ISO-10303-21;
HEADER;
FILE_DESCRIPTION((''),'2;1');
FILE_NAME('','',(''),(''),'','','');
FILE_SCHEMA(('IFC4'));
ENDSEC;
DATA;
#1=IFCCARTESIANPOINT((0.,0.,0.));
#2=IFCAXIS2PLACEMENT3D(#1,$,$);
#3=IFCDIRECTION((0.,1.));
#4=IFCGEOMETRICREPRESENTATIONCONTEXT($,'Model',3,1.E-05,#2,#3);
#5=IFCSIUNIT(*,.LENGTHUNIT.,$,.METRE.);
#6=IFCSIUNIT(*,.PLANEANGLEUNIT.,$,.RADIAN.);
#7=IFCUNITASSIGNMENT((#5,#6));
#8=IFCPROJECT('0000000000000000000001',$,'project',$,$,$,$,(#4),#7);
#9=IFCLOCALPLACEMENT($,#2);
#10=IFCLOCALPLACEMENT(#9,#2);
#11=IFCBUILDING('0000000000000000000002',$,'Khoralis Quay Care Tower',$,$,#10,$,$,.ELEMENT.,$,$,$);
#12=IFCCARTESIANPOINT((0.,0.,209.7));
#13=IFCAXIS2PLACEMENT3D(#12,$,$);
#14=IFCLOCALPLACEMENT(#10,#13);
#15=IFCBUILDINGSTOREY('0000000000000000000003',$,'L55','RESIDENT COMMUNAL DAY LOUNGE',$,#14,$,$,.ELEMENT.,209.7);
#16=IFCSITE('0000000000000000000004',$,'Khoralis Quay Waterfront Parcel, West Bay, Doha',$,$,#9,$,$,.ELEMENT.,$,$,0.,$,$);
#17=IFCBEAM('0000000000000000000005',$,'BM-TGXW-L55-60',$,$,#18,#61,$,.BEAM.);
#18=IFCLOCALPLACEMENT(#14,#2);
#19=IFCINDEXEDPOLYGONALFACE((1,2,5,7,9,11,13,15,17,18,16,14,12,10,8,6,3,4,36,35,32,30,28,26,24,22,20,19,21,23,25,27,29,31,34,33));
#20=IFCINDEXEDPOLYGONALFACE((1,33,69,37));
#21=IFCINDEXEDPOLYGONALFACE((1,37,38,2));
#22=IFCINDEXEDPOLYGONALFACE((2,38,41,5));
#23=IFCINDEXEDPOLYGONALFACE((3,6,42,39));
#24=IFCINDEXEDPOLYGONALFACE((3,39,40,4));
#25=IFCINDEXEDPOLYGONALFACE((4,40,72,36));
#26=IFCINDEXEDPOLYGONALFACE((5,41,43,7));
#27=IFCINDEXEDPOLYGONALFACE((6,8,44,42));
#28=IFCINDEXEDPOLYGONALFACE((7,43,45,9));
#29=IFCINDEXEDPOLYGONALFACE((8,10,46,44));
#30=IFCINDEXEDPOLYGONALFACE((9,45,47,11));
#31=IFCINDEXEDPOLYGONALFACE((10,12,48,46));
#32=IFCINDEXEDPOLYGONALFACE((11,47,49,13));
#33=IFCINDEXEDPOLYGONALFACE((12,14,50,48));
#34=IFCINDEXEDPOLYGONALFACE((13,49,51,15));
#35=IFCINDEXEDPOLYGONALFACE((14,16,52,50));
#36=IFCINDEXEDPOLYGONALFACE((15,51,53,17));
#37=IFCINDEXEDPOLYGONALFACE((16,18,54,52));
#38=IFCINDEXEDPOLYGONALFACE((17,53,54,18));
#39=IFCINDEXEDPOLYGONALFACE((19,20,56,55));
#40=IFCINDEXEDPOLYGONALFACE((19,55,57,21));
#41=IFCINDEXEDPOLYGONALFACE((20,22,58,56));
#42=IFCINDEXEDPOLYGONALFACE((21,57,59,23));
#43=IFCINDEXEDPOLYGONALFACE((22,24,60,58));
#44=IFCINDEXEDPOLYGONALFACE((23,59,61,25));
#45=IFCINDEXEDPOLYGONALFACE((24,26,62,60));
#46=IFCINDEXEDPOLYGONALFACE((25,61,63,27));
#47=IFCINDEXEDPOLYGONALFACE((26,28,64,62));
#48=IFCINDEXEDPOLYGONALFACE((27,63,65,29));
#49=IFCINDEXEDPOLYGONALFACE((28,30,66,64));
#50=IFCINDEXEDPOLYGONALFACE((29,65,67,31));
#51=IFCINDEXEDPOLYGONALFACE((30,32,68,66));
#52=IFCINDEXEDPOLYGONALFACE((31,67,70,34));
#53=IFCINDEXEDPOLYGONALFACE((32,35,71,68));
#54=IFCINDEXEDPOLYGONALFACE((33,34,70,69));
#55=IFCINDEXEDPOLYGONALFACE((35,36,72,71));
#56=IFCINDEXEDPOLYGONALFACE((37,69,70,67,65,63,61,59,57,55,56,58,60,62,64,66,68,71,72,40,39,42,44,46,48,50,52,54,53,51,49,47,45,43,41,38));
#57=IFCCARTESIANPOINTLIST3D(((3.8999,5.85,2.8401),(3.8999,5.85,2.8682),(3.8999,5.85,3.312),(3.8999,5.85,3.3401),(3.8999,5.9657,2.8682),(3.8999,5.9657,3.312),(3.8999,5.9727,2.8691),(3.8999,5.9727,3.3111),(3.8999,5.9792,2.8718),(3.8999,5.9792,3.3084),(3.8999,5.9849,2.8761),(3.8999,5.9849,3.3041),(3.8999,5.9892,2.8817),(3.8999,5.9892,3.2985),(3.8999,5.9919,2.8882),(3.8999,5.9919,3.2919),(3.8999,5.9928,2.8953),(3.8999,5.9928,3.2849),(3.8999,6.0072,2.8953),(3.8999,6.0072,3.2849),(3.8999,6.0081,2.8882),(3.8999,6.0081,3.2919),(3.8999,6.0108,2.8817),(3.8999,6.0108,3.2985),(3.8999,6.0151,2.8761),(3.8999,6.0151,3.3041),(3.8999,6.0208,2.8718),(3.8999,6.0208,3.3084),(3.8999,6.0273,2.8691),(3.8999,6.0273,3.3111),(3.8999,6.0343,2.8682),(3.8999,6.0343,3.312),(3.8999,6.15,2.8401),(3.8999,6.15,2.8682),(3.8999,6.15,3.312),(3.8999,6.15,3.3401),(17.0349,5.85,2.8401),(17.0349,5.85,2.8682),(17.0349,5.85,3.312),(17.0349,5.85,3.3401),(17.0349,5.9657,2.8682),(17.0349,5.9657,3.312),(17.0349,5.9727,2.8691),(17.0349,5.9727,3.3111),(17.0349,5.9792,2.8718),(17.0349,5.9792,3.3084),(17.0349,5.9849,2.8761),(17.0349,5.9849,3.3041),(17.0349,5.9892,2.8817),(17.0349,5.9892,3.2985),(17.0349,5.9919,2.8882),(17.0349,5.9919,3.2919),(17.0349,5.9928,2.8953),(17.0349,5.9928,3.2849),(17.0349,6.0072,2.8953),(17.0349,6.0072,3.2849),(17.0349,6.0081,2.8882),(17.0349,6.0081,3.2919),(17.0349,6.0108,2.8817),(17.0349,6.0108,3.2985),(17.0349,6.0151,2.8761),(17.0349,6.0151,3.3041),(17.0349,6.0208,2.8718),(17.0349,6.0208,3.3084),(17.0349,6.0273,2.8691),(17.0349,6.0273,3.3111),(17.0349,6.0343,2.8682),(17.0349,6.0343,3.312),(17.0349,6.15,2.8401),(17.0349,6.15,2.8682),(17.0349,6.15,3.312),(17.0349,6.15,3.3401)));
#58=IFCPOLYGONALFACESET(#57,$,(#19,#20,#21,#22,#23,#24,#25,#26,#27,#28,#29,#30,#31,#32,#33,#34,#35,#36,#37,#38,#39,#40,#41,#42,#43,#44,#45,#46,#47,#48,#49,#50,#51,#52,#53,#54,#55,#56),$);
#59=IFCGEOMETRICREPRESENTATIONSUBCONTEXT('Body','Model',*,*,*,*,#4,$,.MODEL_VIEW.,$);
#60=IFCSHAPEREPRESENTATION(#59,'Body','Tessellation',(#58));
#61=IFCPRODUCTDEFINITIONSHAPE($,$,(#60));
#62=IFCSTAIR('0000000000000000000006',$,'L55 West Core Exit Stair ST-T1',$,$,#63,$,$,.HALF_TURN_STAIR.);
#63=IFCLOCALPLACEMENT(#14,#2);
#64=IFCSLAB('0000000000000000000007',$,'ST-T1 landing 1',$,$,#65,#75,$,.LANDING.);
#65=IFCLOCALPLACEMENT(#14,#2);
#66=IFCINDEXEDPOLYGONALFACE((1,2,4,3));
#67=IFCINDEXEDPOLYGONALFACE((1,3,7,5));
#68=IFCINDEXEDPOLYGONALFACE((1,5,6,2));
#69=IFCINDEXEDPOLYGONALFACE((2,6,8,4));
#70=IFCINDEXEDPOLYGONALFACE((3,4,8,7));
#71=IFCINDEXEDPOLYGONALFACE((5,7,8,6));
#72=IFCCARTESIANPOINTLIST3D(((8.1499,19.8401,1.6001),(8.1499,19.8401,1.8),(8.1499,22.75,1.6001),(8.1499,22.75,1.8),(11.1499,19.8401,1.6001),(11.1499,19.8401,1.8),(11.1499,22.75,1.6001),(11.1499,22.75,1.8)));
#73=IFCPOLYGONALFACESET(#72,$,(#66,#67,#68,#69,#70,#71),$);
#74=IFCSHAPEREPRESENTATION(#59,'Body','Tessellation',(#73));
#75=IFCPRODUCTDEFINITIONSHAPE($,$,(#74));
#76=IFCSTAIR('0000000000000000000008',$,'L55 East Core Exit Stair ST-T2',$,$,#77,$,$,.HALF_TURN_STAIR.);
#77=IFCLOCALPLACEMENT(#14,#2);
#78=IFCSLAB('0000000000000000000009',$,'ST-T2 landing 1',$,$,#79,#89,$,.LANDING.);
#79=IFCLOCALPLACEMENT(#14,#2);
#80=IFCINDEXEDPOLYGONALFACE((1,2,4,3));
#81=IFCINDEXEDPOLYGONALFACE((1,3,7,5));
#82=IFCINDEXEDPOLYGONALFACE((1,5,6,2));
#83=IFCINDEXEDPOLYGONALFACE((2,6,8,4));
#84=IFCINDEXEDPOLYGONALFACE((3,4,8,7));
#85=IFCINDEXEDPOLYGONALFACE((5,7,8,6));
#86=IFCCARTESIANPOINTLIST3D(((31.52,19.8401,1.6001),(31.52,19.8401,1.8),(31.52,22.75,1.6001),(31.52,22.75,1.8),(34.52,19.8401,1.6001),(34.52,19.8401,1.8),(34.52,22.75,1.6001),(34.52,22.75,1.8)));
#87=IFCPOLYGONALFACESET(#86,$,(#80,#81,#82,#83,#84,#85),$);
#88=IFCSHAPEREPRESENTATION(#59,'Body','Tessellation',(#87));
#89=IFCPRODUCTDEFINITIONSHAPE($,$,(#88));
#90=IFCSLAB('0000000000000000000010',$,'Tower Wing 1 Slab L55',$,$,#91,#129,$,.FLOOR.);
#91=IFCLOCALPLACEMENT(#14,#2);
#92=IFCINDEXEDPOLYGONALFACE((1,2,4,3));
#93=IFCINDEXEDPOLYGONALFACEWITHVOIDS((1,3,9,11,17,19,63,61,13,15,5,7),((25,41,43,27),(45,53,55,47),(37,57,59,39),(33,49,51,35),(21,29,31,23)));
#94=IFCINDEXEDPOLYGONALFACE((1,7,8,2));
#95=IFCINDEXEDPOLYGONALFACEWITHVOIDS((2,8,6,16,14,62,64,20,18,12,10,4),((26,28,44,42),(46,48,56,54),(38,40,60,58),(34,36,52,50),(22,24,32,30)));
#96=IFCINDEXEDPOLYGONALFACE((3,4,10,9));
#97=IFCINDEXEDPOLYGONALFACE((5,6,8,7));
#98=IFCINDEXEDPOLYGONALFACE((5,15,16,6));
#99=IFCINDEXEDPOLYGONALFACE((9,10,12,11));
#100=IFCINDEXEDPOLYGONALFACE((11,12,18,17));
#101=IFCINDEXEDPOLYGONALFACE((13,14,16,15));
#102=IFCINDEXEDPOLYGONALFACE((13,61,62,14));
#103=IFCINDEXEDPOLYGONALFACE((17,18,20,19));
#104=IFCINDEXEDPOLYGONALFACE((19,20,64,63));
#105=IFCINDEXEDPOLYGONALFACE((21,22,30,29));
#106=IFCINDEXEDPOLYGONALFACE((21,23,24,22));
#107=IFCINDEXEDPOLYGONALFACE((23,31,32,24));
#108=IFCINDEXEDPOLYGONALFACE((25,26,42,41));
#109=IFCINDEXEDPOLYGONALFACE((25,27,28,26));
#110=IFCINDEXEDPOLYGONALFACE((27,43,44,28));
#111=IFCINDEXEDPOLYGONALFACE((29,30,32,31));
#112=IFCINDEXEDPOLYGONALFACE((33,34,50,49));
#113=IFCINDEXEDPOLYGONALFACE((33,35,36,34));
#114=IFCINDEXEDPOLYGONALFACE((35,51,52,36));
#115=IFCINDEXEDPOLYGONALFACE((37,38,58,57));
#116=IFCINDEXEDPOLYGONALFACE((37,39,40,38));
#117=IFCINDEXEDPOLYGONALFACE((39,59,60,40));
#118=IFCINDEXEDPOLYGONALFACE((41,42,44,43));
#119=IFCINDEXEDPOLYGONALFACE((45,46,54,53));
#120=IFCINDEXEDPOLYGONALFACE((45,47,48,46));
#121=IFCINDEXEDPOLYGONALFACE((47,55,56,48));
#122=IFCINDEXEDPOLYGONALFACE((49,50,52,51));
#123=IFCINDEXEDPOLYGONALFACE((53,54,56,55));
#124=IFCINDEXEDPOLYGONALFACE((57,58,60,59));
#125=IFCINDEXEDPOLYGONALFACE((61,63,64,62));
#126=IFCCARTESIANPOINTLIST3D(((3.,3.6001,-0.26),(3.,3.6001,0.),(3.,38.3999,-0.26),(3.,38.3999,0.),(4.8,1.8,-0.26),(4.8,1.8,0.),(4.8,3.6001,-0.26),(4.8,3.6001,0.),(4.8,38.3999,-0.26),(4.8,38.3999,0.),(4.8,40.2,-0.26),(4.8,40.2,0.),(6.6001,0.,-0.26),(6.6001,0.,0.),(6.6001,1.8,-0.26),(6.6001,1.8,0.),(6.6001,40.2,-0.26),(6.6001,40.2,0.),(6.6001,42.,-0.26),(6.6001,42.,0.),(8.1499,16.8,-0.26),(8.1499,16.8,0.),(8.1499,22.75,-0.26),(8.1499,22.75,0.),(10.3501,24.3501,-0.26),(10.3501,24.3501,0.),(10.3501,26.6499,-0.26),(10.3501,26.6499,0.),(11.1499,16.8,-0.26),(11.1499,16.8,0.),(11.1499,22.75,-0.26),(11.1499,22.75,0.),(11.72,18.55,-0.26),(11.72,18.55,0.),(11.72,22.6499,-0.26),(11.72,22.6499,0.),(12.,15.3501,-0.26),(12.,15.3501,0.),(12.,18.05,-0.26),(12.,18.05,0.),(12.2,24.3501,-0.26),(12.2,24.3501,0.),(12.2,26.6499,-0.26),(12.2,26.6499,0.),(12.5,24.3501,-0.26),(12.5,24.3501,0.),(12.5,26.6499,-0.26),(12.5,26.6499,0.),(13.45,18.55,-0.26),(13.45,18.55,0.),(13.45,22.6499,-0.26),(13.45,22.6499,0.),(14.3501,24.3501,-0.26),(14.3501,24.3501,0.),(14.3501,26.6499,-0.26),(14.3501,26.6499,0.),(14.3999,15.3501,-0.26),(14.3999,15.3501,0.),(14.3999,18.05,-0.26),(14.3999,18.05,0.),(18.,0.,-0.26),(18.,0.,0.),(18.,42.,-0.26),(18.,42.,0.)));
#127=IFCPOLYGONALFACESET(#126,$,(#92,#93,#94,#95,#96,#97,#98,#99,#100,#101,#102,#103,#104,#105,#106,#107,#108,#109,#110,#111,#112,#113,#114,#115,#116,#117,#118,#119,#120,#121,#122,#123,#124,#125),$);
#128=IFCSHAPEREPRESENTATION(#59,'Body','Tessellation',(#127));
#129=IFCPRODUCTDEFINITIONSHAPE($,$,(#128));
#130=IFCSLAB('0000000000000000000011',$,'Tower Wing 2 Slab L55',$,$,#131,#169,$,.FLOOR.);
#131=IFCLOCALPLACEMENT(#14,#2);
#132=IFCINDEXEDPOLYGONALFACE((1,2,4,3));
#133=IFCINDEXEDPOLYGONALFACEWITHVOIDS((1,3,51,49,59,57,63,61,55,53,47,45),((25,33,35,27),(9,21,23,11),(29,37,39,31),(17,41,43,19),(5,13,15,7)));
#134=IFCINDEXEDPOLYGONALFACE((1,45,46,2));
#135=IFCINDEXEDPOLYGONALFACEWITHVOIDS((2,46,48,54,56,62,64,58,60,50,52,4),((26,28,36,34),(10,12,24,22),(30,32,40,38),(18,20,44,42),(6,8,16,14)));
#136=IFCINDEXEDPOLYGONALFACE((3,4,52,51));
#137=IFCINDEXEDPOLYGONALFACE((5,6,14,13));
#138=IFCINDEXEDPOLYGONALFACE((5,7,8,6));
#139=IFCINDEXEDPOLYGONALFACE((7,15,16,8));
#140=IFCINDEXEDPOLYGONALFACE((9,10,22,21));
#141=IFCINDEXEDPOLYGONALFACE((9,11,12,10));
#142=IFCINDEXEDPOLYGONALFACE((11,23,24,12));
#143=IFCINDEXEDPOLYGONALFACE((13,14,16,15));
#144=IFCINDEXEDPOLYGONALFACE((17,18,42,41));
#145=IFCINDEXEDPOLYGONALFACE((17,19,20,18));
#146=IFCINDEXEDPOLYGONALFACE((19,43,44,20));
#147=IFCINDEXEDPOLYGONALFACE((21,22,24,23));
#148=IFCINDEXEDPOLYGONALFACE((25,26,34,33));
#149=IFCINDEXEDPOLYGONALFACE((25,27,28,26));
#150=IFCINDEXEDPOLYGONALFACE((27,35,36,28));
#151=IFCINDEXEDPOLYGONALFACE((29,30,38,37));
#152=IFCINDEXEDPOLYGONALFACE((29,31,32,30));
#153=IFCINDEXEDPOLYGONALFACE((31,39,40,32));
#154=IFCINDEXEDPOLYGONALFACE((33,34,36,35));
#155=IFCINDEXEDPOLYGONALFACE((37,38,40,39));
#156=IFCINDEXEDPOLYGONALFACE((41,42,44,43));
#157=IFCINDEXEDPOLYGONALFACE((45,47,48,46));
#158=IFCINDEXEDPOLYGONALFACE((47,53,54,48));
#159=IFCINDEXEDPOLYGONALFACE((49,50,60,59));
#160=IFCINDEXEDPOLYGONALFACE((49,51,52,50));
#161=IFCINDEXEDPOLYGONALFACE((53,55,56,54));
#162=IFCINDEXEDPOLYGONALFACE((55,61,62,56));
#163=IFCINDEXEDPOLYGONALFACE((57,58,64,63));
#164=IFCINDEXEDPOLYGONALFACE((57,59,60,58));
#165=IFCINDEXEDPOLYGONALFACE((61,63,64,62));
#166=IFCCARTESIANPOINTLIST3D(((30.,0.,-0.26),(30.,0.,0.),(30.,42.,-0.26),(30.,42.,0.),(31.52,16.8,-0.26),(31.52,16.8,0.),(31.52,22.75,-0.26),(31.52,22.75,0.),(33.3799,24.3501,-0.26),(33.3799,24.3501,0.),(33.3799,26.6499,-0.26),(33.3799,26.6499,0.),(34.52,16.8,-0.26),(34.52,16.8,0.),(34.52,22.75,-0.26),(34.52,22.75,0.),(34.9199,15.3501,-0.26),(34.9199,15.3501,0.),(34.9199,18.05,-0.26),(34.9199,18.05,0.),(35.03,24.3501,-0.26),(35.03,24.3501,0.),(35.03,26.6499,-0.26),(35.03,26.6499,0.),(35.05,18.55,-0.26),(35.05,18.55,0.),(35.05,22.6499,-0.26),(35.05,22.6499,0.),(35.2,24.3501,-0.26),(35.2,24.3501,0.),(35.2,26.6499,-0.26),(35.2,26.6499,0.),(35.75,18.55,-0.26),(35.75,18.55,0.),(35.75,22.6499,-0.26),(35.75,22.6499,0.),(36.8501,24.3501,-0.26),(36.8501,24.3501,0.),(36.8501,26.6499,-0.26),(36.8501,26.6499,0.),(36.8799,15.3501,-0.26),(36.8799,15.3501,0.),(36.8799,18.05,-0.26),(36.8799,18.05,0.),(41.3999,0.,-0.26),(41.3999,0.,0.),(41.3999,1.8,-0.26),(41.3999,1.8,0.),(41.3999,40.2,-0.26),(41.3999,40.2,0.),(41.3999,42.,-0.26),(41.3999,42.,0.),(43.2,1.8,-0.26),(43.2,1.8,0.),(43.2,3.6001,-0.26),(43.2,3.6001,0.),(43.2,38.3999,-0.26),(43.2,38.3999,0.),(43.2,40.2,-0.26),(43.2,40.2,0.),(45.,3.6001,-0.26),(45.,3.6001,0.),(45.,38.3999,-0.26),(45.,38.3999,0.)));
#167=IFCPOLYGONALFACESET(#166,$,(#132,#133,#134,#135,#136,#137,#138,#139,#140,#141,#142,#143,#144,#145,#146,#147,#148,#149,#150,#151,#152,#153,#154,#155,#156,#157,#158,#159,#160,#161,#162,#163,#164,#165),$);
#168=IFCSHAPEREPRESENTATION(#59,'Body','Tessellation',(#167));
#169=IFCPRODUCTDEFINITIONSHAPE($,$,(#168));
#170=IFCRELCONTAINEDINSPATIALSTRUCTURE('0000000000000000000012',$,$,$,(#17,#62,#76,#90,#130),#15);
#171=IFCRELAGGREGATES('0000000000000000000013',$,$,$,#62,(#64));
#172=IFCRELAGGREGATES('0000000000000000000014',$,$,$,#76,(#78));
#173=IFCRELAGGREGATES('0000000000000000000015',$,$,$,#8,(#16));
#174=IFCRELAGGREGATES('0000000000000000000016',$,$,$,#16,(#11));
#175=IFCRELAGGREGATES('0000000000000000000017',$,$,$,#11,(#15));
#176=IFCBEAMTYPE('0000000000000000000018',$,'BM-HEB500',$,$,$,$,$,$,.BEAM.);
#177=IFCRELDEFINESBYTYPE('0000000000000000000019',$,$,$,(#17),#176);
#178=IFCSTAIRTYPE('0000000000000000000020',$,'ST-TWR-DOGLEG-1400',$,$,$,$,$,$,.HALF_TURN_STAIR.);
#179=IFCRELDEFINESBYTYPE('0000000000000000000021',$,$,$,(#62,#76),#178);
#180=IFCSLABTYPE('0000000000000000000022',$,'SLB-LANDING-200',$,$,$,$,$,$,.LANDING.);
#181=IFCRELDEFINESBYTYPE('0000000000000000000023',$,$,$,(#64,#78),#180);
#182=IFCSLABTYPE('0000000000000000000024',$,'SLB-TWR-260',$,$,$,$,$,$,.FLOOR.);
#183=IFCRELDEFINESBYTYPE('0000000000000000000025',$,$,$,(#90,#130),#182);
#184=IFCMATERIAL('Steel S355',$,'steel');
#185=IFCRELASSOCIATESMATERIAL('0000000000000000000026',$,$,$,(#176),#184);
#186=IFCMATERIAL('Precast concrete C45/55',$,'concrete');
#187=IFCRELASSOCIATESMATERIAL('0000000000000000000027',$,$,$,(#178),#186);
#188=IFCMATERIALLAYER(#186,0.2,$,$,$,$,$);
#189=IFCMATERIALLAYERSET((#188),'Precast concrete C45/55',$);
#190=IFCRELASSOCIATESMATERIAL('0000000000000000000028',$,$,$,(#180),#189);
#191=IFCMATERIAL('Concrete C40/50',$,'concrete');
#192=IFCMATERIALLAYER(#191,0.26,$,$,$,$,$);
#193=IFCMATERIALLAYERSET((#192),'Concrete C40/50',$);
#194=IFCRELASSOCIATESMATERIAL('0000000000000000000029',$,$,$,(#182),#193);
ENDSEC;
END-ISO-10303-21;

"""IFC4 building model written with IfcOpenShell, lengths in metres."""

from ifc_helpers import new_model, si_unit, direction, frame, origin, origin_2d, place, context, subcontext, project, spatial, polyline, i_section, outline, extrude, source, transform, mapped, material, layer, layer_set, material_profile, profile_set, type_object, element, aggregate, save


model = new_model("IFC4")

# Units and contexts
model_context = context("Model", 3, precision=1e-05, world=origin(), true_north=direction((0.0, 1.0)))
body_context = subcontext(model_context, "Body", "Model", "MODEL_VIEW")
ifc_project = project(units=[si_unit("LENGTHUNIT", "METRE"), si_unit("PLANEANGLEUNIT", "RADIAN")], contexts=[model_context])

# Site, building, storey
site_placement = place(None, origin())
site = spatial("IfcSite", under=ifc_project, at=site_placement, Name="Khoralis Quay Waterfront Parcel, West Bay, Doha", CompositionType="ELEMENT", RefElevation=0.0)
building_placement = place(site_placement, origin())
building = spatial("IfcBuilding", under=site, at=building_placement, Name="Khoralis Quay Care Tower", CompositionType="ELEMENT")
storey_placement = place(building_placement, frame((0.0, 0.0, 209.7)))
storey = spatial("IfcBuildingStorey", under=building, at=storey_placement, Name="L55", Description="RESIDENT COMMUNAL DAY LOUNGE", CompositionType="ELEMENT", Elevation=209.7)

# Beam
ifc_material_1 = material(Name="Steel S355", Category="steel")
ifc_material_profile_1 = material_profile(ifc_material_1, i_section(OverallWidth=0.3, OverallDepth=0.5, WebThickness=0.0144, FlangeThickness=0.0281, FilletRadius=0.0271, at=origin_2d()), Name="Steel S355")
ifc_profile_set_1 = profile_set([ifc_material_profile_1], Name="Steel S355")
beam_type_1 = type_object("IfcBeamType", Name="BM-HEB500", PredefinedType="BEAM", material=ifc_profile_set_1)
shared_shape_1 = source(origin(), body_context, "Body", "SweptSolid", [
    extrude(i_section(OverallWidth=0.3, OverallDepth=0.5, WebThickness=0.0144, FlangeThickness=0.0281, FilletRadius=0.0271, at=origin_2d()), origin(), (0.0, 0.0, 1.0), 13.135),
])
beam_1_placement = place(storey_placement, frame((3.8999, 6.0, 3.0901), z_axis=(1.0, 0.0, 0.0), x_axis=(0.0, 1.0, 0.0)))
element("IfcBeam", 1, at=beam_1_placement, inside=storey, type_object=beam_type_1, Name="BM-TGXW-L55-60", PredefinedType="BEAM", context=body_context, shape_type="MappedRepresentation", body=[
    mapped(shared_shape_1, transform((0.0, 0.0, 0.0), scale=1.0)),
])

# Stairs, slabs
ifc_material_2 = material(Name="Precast concrete C45/55", Category="concrete")
stair_type = type_object("IfcStairType", Name="ST-TWR-DOGLEG-1400", PredefinedType="HALF_TURN_STAIR", material=ifc_material_2)
stair_1_placement = place(storey_placement, origin())
stair_1 = element("IfcStair", 2, at=stair_1_placement, inside=storey, type_object=stair_type, Name="L55 West Core Exit Stair ST-T1", PredefinedType="HALF_TURN_STAIR")
ifc_layer_1 = layer(ifc_material_2, 0.2)
ifc_layer_set_1 = layer_set([ifc_layer_1], Name="Precast concrete C45/55")
slab_type_1 = type_object("IfcSlabType", Name="SLB-LANDING-200", PredefinedType="LANDING", material=ifc_layer_set_1)
slab_1_placement = place(storey_placement, frame((0.0, 0.0, 1.6001)))
slab_1 = element("IfcSlab", 3, at=slab_1_placement, type_object=slab_type_1, Name="ST-T1 landing 1", PredefinedType="LANDING", context=body_context, shape_type="SweptSolid", body=[
    extrude(outline(polyline([(11.1499, 19.8401), (11.1499, 22.75), (8.1499, 22.75), (8.1499, 19.8401), (11.1499, 19.8401)])), origin(), (0.0, 0.0, 1.0), 0.2),
])
aggregate(stair_1, [slab_1])
stair_2_placement = place(storey_placement, origin())
stair_2 = element("IfcStair", 4, at=stair_2_placement, inside=storey, type_object=stair_type, Name="L55 East Core Exit Stair ST-T2", PredefinedType="HALF_TURN_STAIR")
slab_2_placement = place(storey_placement, frame((0.0, 0.0, 1.6001)))
slab_2 = element("IfcSlab", 5, at=slab_2_placement, type_object=slab_type_1, Name="ST-T2 landing 1", PredefinedType="LANDING", context=body_context, shape_type="SweptSolid", body=[
    extrude(outline(polyline([(34.52, 19.8401), (34.52, 22.75), (31.52, 22.75), (31.52, 19.8401), (34.52, 19.8401)])), origin(), (0.0, 0.0, 1.0), 0.2),
])
aggregate(stair_2, [slab_2])

# Slabs
ifc_material_3 = material(Name="Concrete C40/50", Category="concrete")
ifc_layer_2 = layer(ifc_material_3, 0.26)
ifc_layer_set_2 = layer_set([ifc_layer_2], Name="Concrete C40/50")
slab_type_2 = type_object("IfcSlabType", Name="SLB-TWR-260", PredefinedType="FLOOR", material=ifc_layer_set_2)
slab_3_placement = place(storey_placement, frame((0.0, 0.0, -0.26)))
element("IfcSlab", 6, at=slab_3_placement, inside=storey, type_object=slab_type_2, Name="Tower Wing 1 Slab L55", PredefinedType="FLOOR", context=body_context, shape_type="SweptSolid", body=[
    extrude(outline(polyline([(6.6001, 0.0), (18.0, 0.0), (18.0, 42.0), (6.6001, 42.0), (6.6001, 40.2), (4.8, 40.2), (4.8, 38.3999), (3.0, 38.3999), (3.0, 3.6001), (4.8, 3.6001), (4.8, 1.8), (6.6001, 1.8), (6.6001, 0.0)]), holes=[polyline([(11.1499, 16.8), (11.1499, 22.75), (8.1499, 22.75), (8.1499, 16.8), (11.1499, 16.8)]), polyline([(12.0, 15.3501), (14.3999, 15.3501), (14.3999, 18.05), (12.0, 18.05), (12.0, 15.3501)]), polyline([(10.3501, 24.3501), (12.2, 24.3501), (12.2, 26.6499), (10.3501, 26.6499), (10.3501, 24.3501)]), polyline([(12.5, 24.3501), (14.3501, 24.3501), (14.3501, 26.6499), (12.5, 26.6499), (12.5, 24.3501)]), polyline([(11.72, 18.55), (13.45, 18.55), (13.45, 22.6499), (11.72, 22.6499), (11.72, 18.55)])]), origin(), (0.0, 0.0, 1.0), 0.26),
])
slab_4_placement = place(storey_placement, frame((0.0, 0.0, -0.26)))
element("IfcSlab", 7, at=slab_4_placement, inside=storey, type_object=slab_type_2, Name="Tower Wing 2 Slab L55", PredefinedType="FLOOR", context=body_context, shape_type="SweptSolid", body=[
    extrude(outline(polyline([(30.0, 0.0), (41.3999, 0.0), (41.3999, 1.8), (43.2, 1.8), (43.2, 3.6001), (45.0, 3.6001), (45.0, 38.3999), (43.2, 38.3999), (43.2, 40.2), (41.3999, 40.2), (41.3999, 42.0), (30.0, 42.0), (30.0, 0.0)]), holes=[polyline([(34.52, 16.8), (34.52, 22.75), (31.52, 22.75), (31.52, 16.8), (34.52, 16.8)]), polyline([(34.9199, 15.3501), (36.8799, 15.3501), (36.8799, 18.05), (34.9199, 18.05), (34.9199, 15.3501)]), polyline([(33.3799, 24.3501), (35.03, 24.3501), (35.03, 26.6499), (33.3799, 26.6499), (33.3799, 24.3501)]), polyline([(35.2, 24.3501), (36.8501, 24.3501), (36.8501, 26.6499), (35.2, 26.6499), (35.2, 24.3501)]), polyline([(35.05, 18.55), (35.75, 18.55), (35.75, 22.6499), (35.05, 22.6499), (35.05, 18.55)])]), origin(), (0.0, 0.0, 1.0), 0.26),
])

save(model, "model.ifc")
